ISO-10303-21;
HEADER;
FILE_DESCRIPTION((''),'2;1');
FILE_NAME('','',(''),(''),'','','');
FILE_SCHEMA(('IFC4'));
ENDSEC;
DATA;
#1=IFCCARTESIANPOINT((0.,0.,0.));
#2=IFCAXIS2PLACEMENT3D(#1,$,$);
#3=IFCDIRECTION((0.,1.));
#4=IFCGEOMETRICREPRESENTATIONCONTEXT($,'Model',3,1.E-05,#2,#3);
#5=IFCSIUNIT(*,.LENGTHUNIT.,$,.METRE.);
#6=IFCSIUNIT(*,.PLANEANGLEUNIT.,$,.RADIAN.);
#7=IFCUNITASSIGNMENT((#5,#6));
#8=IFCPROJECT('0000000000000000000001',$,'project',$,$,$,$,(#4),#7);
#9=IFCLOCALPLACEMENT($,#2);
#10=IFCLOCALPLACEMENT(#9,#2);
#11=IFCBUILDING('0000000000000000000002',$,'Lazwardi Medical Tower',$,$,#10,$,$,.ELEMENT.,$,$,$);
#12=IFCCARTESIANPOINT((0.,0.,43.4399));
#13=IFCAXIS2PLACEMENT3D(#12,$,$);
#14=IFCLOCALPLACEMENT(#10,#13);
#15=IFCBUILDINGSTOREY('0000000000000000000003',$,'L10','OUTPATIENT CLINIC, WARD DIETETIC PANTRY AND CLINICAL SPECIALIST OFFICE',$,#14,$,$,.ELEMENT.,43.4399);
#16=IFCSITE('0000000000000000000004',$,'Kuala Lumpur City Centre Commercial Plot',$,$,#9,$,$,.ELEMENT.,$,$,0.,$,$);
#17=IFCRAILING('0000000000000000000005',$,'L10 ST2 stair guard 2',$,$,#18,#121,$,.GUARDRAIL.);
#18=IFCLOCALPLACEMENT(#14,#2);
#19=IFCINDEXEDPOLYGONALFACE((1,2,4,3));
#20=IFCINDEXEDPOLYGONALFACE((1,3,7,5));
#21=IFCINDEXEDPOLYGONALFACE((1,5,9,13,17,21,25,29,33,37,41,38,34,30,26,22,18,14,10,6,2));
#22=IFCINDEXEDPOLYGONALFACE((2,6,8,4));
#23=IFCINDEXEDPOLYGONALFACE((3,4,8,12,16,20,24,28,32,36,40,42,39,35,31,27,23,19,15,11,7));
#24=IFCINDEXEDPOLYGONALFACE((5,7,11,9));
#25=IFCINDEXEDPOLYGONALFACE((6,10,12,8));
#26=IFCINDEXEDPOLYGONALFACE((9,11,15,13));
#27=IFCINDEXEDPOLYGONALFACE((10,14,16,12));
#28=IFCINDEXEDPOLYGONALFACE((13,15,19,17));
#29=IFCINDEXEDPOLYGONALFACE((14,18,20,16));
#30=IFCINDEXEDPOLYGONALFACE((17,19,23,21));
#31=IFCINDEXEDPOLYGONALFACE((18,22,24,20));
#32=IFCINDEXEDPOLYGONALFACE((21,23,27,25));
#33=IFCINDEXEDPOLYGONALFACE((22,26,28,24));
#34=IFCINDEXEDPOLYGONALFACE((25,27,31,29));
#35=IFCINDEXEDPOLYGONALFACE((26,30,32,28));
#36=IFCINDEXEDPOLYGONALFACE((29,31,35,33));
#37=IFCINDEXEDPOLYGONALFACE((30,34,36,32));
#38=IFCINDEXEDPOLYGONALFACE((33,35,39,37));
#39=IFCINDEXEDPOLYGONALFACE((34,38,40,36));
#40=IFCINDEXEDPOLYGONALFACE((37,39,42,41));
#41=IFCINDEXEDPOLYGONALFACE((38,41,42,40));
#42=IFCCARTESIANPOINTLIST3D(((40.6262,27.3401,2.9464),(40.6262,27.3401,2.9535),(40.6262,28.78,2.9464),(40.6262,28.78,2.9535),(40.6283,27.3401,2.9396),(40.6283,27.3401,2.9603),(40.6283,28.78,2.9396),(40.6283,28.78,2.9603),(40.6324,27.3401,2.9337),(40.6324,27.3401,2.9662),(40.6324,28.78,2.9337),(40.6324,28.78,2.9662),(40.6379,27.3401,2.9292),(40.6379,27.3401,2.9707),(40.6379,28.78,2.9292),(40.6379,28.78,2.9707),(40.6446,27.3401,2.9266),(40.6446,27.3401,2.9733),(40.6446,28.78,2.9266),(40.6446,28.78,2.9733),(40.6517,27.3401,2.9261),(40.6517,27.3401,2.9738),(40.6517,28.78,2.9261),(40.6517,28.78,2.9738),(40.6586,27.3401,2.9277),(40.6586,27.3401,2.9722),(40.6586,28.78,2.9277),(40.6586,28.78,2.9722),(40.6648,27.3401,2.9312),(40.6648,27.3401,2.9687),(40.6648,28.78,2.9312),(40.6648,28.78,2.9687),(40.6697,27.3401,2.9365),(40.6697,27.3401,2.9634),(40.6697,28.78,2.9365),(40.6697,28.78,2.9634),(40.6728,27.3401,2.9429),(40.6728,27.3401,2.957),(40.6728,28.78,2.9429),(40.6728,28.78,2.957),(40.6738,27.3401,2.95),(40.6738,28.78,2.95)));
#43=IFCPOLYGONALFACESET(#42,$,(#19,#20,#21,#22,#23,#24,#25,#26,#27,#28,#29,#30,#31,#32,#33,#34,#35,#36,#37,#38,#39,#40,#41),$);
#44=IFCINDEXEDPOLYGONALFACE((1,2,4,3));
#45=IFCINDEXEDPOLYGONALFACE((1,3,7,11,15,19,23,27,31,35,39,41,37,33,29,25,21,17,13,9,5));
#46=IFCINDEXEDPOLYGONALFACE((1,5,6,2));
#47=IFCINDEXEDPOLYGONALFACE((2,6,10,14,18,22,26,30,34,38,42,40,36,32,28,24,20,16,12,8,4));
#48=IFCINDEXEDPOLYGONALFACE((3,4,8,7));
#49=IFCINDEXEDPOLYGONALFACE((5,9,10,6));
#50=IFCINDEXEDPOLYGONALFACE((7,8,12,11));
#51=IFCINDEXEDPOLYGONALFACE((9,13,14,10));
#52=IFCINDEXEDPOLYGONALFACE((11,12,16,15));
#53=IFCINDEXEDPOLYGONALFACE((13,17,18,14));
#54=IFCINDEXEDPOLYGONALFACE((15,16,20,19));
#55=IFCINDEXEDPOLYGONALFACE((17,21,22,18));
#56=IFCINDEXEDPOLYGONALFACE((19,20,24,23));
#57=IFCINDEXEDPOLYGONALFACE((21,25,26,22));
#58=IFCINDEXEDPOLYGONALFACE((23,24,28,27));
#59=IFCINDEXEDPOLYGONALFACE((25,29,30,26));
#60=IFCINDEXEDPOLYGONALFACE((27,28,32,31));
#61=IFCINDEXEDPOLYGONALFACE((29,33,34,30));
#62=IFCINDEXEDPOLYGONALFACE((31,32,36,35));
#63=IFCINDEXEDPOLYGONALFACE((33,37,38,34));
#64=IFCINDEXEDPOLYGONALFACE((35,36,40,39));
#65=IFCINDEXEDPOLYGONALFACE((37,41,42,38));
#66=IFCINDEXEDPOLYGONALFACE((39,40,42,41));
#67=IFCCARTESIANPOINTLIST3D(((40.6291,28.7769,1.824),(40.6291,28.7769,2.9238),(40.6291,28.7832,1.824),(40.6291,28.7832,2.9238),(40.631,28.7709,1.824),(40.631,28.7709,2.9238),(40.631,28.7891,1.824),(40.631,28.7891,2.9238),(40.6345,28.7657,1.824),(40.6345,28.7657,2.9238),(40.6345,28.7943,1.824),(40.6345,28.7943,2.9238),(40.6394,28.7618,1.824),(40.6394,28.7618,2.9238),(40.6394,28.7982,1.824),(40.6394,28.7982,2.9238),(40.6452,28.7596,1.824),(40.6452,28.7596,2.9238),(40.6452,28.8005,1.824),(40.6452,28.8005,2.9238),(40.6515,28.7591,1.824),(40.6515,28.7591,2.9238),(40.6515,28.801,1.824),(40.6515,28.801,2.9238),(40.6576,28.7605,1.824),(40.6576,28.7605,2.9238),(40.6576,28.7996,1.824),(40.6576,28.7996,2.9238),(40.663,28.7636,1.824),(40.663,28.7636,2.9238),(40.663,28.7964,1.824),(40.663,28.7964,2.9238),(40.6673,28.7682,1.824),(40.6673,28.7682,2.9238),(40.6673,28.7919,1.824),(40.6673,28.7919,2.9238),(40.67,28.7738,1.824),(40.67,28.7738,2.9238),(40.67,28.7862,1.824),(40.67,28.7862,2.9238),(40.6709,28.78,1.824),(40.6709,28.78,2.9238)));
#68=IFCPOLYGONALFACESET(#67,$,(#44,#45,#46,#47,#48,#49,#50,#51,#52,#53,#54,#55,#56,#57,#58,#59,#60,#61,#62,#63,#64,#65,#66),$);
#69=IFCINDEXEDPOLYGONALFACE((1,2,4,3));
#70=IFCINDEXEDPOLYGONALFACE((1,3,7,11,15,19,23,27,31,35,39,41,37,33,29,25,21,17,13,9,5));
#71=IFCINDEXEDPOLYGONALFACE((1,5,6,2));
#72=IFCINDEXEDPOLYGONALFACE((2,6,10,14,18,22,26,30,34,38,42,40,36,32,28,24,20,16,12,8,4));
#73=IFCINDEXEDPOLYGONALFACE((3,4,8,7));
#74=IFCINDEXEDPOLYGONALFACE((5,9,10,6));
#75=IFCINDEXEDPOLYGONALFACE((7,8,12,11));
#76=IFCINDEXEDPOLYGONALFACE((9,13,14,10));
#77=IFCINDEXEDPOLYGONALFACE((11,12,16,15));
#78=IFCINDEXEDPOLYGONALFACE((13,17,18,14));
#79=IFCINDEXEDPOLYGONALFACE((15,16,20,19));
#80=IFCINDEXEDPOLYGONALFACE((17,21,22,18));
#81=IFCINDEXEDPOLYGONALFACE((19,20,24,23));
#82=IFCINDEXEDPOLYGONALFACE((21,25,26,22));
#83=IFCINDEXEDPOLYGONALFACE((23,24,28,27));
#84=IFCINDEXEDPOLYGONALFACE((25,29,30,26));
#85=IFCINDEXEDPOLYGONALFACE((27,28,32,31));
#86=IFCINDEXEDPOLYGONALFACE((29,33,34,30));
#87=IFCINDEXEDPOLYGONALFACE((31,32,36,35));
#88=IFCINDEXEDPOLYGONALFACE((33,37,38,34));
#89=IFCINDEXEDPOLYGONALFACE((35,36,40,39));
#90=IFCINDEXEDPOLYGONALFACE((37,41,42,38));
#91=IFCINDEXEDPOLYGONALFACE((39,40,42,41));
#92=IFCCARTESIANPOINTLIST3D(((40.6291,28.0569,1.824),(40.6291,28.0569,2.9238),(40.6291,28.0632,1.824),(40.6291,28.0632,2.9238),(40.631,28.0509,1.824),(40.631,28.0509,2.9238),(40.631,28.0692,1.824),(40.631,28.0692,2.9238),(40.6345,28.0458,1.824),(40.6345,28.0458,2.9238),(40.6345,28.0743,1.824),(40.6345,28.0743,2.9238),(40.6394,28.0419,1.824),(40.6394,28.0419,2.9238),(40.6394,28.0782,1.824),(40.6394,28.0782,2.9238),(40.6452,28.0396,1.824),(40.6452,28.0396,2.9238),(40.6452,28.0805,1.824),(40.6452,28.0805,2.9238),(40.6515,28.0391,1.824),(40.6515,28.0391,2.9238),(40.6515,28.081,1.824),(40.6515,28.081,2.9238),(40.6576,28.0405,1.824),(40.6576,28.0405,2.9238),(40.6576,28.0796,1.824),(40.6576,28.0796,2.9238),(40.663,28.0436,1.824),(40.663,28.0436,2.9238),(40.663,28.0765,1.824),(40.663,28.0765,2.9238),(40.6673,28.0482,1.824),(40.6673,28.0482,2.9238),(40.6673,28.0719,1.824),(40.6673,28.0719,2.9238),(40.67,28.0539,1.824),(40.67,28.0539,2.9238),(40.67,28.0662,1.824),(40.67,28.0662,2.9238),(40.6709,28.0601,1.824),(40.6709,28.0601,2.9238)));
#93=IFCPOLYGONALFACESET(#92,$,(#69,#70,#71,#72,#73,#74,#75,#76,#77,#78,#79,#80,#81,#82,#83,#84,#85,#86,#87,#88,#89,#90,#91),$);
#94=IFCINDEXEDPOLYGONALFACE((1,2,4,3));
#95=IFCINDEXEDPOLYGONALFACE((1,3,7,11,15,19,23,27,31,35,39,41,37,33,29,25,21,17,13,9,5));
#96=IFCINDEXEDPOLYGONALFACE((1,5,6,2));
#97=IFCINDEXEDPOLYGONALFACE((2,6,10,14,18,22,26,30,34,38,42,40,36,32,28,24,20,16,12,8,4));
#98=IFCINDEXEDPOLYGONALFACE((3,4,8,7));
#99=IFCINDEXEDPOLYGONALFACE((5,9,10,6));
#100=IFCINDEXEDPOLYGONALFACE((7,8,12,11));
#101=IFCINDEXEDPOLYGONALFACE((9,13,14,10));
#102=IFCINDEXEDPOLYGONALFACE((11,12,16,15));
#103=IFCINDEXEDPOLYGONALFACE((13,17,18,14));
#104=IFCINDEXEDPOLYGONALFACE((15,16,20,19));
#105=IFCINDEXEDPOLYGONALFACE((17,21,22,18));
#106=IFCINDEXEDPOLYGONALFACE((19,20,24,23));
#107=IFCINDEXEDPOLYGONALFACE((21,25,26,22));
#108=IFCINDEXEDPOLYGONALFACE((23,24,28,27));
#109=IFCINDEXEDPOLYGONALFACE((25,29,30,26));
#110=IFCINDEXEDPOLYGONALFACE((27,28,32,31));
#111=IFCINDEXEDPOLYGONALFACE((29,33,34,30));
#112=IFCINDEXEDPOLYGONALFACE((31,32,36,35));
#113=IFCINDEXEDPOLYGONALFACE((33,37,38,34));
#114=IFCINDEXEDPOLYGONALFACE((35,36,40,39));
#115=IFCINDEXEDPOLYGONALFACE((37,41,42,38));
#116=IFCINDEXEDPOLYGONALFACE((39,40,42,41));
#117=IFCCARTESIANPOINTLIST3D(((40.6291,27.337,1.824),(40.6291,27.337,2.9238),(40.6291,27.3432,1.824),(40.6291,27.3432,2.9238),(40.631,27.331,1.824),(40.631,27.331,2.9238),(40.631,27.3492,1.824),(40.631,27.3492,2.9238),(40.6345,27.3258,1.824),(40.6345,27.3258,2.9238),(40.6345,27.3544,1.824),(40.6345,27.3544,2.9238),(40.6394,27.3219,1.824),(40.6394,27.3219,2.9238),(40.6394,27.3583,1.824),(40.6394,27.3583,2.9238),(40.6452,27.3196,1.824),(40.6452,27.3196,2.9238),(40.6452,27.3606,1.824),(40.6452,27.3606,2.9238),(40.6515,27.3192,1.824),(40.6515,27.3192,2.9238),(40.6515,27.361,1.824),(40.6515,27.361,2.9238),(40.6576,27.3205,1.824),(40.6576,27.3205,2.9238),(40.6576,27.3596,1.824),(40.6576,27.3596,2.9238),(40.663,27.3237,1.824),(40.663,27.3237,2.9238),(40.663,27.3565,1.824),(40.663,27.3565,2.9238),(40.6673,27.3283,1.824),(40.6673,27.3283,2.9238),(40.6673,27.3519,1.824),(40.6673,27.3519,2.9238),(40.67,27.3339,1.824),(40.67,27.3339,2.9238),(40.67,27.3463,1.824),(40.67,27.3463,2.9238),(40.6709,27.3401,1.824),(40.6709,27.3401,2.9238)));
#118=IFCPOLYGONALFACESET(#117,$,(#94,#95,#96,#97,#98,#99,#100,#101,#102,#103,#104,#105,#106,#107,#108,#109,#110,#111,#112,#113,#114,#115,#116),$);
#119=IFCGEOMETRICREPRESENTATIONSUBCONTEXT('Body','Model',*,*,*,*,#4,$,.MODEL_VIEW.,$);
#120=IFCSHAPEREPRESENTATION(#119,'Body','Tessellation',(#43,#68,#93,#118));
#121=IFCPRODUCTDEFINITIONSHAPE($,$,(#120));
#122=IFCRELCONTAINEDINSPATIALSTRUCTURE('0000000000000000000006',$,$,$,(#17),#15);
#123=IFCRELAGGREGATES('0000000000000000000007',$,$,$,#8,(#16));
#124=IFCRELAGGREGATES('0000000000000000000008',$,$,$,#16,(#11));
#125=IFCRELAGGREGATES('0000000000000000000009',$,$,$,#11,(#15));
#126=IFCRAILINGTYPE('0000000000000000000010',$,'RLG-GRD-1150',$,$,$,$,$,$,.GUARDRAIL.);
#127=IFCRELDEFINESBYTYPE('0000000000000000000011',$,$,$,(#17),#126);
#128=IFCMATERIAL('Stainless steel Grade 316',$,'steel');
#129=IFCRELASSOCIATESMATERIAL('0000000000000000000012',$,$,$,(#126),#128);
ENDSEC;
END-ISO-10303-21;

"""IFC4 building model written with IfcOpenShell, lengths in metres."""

from ifc_helpers import new_model, si_unit, direction, frame, origin, origin_2d, place, context, subcontext, project, spatial, circle, extrude, material, type_object, element, save


model = new_model("IFC4")

# Units and contexts
model_context = context("Model", 3, precision=1e-05, world=origin(), true_north=direction((0.0, 1.0)))
body_context = subcontext(model_context, "Body", "Model", "MODEL_VIEW")
ifc_project = project(units=[si_unit("LENGTHUNIT", "METRE"), si_unit("PLANEANGLEUNIT", "RADIAN")], contexts=[model_context])

# Site, building, storey
site_placement = place(None, origin())
site = spatial("IfcSite", under=ifc_project, at=site_placement, Name="Kuala Lumpur City Centre Commercial Plot", CompositionType="ELEMENT", RefElevation=0.0)
building_placement = place(site_placement, origin())
building = spatial("IfcBuilding", under=site, at=building_placement, Name="Lazwardi Medical Tower", CompositionType="ELEMENT")
storey_placement = place(building_placement, frame((0.0, 0.0, 43.4399)))
storey = spatial("IfcBuildingStorey", under=building, at=storey_placement, Name="L10", Description="OUTPATIENT CLINIC, WARD DIETETIC PANTRY AND CLINICAL SPECIALIST OFFICE", CompositionType="ELEMENT", Elevation=43.4399)

# Railing
ifc_material_1 = material(Name="Stainless steel Grade 316", Category="steel")
railing_type_1 = type_object("IfcRailingType", Name="RLG-GRD-1150", PredefinedType="GUARDRAIL", material=ifc_material_1)
railing_1_placement = place(storey_placement, frame((40.6499, 28.78, 1.824)))
element("IfcRailing", 1, at=railing_1_placement, inside=storey, type_object=railing_type_1, Name="L10 ST2 stair guard 2", PredefinedType="GUARDRAIL", context=body_context, shape_type="SweptSolid", body=[
    extrude(circle(Radius=0.0239, at=origin_2d()), frame((0.0, 0.0, 1.126), z_axis=(0.0, -1.0, 0.0), x_axis=(1.0, 0.0, 0.0)), (0.0, 0.0, 1.0), 1.4399),
    extrude(circle(Radius=0.021, at=origin_2d()), origin(), (0.0, 0.0, 1.0), 1.0999),
    extrude(circle(Radius=0.021, at=origin_2d()), frame((0.0, -0.72, 0.0)), (0.0, 0.0, 1.0), 1.0999),
    extrude(circle(Radius=0.021, at=origin_2d()), frame((0.0, -1.4399, 0.0)), (0.0, 0.0, 1.0), 1.0999),
])

save(model, "model.ifc")
